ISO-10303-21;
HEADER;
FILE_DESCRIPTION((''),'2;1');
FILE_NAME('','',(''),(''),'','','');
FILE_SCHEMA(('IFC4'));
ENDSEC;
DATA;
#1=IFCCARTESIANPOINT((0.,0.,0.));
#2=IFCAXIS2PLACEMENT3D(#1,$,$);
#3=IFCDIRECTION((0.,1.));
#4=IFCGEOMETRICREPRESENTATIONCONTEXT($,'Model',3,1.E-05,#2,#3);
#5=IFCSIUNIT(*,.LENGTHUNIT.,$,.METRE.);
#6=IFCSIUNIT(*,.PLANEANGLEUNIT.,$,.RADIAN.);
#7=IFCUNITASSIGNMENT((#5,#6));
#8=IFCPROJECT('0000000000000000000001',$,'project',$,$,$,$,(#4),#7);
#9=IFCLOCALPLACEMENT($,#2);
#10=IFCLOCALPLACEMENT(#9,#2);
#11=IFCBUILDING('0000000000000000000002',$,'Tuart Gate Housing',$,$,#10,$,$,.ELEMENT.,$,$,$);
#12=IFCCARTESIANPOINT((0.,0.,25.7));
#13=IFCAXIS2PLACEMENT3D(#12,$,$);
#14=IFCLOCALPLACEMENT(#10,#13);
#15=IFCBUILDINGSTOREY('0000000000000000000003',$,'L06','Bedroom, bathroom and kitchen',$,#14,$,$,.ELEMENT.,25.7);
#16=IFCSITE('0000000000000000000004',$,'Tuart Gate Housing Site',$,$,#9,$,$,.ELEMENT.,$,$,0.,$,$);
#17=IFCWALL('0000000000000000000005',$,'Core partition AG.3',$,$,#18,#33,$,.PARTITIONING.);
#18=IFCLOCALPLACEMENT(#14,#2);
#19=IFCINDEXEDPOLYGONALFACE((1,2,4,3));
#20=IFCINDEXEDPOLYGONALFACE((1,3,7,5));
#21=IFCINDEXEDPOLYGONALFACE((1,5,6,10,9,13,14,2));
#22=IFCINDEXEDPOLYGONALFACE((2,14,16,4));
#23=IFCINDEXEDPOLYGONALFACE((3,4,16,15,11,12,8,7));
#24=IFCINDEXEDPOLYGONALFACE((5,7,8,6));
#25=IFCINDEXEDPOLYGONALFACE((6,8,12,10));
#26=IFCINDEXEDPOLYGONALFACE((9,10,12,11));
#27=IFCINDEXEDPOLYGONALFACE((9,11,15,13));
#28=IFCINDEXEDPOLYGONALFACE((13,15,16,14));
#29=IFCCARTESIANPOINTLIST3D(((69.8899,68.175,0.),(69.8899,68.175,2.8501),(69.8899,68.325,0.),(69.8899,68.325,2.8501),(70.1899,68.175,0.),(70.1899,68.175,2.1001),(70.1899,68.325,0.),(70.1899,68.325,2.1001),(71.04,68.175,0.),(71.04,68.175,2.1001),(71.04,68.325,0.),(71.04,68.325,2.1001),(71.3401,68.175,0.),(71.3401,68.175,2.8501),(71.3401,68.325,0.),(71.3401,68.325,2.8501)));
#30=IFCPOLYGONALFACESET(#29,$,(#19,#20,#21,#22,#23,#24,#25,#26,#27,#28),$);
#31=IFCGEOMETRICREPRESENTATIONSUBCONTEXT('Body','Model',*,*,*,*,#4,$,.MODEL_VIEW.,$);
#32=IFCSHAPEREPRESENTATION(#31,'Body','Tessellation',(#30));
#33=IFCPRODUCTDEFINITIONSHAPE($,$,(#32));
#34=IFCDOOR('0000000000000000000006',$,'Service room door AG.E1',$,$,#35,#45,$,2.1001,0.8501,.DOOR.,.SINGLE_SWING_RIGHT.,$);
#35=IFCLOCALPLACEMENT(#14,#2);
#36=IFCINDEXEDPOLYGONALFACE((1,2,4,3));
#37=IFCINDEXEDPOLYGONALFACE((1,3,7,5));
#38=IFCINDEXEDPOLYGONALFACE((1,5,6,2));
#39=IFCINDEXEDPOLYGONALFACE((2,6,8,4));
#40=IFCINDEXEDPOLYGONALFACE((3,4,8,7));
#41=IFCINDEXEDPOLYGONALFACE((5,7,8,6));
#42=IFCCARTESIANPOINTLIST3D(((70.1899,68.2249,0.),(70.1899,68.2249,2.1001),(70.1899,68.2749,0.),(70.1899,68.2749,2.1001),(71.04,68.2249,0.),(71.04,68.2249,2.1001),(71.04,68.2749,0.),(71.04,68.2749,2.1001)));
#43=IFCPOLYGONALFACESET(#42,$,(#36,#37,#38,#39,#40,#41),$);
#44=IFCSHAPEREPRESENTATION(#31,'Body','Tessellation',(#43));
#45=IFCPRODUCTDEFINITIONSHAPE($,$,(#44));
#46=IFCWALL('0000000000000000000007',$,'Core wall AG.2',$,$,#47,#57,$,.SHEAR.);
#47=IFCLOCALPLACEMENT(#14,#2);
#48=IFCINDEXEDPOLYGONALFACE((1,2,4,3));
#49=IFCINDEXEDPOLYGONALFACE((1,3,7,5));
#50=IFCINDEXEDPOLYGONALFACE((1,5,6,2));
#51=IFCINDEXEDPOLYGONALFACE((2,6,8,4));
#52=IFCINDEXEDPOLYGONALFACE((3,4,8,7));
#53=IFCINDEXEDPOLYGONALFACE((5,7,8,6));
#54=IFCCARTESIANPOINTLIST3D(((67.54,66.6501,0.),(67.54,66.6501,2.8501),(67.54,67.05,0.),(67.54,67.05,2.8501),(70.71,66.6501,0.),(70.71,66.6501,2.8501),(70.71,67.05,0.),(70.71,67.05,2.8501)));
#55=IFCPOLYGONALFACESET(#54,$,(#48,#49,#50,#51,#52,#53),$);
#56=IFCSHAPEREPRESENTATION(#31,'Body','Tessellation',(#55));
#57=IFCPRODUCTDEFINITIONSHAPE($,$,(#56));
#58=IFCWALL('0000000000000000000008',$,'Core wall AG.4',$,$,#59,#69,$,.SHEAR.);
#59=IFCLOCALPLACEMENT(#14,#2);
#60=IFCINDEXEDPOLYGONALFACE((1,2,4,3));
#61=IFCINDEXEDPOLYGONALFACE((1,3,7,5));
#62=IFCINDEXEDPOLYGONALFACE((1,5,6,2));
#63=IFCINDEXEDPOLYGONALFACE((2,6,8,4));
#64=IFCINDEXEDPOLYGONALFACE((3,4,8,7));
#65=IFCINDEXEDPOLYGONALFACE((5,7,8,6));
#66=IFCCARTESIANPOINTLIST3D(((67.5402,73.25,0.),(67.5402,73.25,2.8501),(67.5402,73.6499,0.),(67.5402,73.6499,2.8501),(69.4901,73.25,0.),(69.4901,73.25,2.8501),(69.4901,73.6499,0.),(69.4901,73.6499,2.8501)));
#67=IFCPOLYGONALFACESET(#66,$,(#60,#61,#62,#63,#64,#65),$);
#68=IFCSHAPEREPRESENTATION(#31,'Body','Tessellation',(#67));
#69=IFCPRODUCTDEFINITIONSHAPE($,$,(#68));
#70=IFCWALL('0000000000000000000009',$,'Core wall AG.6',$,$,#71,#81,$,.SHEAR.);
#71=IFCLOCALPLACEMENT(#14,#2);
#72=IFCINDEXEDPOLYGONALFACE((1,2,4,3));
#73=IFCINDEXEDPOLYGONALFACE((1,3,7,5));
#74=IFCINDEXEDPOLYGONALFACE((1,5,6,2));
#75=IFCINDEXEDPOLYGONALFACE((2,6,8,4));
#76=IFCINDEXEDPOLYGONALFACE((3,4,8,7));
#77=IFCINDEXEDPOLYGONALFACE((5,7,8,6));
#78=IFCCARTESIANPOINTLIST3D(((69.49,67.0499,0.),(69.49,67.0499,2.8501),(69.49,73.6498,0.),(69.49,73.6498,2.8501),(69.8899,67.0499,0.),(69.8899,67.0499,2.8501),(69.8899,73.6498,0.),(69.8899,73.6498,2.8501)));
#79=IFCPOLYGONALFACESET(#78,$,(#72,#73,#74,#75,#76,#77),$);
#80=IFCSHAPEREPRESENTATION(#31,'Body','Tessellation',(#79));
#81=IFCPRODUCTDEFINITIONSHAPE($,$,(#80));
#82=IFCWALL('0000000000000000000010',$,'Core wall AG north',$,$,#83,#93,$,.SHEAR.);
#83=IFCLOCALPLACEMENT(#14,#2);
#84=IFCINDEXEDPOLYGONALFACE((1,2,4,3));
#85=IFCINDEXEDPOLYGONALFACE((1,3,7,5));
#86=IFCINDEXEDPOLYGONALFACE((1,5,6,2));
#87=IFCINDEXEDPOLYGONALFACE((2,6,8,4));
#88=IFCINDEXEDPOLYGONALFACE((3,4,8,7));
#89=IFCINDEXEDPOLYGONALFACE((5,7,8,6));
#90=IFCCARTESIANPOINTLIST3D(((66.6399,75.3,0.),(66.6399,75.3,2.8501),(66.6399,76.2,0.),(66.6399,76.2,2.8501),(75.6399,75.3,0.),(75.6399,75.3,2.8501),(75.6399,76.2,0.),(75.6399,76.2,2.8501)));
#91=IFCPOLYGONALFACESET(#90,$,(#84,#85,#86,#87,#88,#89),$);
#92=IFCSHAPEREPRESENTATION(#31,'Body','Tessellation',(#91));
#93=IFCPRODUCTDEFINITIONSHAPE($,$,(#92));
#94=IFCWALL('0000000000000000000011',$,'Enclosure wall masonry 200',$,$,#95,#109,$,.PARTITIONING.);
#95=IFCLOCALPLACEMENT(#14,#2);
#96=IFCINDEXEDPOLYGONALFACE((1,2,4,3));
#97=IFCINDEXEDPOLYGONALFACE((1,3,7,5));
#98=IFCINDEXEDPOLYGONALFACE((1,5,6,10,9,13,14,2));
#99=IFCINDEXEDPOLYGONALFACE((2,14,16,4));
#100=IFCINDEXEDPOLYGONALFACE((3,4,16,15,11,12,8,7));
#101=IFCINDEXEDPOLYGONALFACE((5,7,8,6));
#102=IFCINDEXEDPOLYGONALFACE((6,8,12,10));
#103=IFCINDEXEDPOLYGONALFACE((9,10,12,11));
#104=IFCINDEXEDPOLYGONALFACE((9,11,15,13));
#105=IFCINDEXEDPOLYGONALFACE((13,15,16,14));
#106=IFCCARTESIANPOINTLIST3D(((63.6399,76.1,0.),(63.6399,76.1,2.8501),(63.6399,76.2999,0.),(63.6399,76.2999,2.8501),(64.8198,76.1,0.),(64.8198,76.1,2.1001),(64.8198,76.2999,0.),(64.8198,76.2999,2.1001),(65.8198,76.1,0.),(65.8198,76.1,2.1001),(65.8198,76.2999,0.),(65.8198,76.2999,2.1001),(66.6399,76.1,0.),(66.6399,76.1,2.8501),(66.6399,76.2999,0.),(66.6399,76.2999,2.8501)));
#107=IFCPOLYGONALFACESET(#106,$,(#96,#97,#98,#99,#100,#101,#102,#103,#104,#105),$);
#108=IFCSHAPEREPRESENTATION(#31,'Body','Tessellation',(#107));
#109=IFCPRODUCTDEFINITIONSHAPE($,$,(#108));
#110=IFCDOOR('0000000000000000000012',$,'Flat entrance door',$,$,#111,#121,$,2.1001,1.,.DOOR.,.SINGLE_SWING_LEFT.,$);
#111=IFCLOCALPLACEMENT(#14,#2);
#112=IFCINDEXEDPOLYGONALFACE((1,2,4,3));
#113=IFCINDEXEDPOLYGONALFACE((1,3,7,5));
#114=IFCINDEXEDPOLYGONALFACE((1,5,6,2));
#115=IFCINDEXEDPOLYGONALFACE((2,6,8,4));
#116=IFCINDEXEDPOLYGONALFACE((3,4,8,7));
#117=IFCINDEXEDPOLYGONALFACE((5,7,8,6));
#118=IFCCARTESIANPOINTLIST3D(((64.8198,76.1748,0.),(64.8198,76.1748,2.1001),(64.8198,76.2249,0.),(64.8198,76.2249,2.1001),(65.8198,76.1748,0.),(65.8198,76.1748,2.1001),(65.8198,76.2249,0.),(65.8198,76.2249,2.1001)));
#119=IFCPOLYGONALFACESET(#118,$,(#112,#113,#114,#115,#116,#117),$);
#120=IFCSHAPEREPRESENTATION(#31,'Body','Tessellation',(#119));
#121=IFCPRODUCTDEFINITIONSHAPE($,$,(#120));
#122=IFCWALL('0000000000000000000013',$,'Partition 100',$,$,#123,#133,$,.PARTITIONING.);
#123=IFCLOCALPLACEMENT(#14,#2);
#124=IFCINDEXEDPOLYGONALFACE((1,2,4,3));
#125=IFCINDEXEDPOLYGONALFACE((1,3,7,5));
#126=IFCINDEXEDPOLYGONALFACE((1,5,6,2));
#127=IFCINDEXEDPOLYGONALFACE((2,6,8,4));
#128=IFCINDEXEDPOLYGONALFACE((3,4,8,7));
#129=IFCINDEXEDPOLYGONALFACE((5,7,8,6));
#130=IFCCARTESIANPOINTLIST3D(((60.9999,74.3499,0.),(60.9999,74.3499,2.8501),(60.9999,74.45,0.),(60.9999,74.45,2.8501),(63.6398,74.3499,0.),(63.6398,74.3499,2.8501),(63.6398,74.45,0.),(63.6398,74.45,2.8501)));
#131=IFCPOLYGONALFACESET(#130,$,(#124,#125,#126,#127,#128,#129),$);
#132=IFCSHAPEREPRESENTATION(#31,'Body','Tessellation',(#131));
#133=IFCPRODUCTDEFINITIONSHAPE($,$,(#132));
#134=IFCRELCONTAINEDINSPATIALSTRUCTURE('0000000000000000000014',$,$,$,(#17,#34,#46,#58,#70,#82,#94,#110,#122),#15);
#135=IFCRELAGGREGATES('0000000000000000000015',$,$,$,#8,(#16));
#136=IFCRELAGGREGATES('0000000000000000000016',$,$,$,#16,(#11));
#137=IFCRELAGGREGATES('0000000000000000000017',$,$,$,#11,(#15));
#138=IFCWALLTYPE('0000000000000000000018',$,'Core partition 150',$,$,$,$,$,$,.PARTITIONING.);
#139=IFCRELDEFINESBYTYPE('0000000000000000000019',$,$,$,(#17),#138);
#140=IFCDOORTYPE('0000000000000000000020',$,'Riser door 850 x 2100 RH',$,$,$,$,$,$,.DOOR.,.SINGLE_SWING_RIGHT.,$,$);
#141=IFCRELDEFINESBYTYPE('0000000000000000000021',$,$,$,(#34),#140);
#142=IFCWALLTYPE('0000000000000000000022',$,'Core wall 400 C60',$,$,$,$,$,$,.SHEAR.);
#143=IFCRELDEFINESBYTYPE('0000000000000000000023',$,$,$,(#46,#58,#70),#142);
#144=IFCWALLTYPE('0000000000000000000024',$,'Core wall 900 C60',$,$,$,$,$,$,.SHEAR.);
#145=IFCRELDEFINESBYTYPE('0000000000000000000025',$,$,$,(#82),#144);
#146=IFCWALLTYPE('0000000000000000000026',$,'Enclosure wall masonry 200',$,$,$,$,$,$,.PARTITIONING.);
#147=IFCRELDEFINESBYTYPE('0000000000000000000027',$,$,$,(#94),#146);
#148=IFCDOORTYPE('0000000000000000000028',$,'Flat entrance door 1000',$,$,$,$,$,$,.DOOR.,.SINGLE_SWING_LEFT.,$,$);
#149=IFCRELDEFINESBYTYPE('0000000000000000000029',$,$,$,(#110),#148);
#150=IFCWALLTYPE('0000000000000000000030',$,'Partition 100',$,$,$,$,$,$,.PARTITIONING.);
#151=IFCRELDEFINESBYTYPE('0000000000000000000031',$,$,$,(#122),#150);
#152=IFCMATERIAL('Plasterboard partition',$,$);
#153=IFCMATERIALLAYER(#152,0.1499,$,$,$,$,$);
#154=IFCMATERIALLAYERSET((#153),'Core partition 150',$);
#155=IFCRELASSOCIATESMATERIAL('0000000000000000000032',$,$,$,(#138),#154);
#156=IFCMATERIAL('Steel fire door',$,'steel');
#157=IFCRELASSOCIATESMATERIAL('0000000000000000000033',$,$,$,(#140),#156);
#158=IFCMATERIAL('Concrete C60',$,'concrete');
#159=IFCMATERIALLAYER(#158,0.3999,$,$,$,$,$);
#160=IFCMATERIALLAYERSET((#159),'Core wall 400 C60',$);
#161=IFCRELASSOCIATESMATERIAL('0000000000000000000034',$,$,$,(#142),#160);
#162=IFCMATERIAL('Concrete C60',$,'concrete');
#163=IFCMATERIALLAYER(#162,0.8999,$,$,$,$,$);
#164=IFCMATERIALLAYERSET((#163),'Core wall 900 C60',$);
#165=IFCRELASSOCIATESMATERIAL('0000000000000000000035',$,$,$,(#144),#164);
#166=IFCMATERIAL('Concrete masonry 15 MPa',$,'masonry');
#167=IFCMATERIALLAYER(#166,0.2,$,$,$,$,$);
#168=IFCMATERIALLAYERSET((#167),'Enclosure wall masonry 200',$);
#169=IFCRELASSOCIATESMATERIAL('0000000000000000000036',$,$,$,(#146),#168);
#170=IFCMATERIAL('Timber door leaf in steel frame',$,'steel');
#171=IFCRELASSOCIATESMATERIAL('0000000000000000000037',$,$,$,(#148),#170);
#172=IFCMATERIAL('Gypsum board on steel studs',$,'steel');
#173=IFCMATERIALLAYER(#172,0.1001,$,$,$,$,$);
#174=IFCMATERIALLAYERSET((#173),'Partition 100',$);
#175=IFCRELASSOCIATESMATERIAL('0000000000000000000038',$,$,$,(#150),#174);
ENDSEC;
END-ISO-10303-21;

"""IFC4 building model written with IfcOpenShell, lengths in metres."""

from ifc_helpers import new_model, si_unit, direction, frame, frame_2d, origin, place, context, subcontext, project, spatial, rectangle, extrude, material, layer, layer_set, type_object, element, fill, save


model = new_model("IFC4")

# Units and contexts
model_context = context("Model", 3, precision=1e-05, world=origin(), true_north=direction((0.0, 1.0)))
body_context = subcontext(model_context, "Body", "Model", "MODEL_VIEW")
ifc_project = project(units=[si_unit("LENGTHUNIT", "METRE"), si_unit("PLANEANGLEUNIT", "RADIAN")], contexts=[model_context])

# Site, building, storey
site_placement = place(None, origin())
site = spatial("IfcSite", under=ifc_project, at=site_placement, Name="Tuart Gate Housing Site", CompositionType="ELEMENT", RefElevation=0.0)
building_placement = place(site_placement, origin())
building = spatial("IfcBuilding", under=site, at=building_placement, Name="Tuart Gate Housing", CompositionType="ELEMENT")
storey_placement = place(building_placement, frame((0.0, 0.0, 25.7)))
storey = spatial("IfcBuildingStorey", under=building, at=storey_placement, Name="L06", Description="Bedroom, bathroom and kitchen", CompositionType="ELEMENT", Elevation=25.7)

# Wall, opening, door
ifc_material_1 = material(Name="Plasterboard partition")
ifc_layer_1 = layer(ifc_material_1, 0.1499)
ifc_layer_set_1 = layer_set([ifc_layer_1], Name="Core partition 150")
wall_type_1 = type_object("IfcWallType", Name="Core partition 150", PredefinedType="PARTITIONING", material=ifc_layer_set_1)
wall_1_placement = place(storey_placement, frame((69.8899, 68.25, 0.0), z_axis=(0.0, 0.0, 1.0), x_axis=(1.0, 0.0, 0.0)))
wall_1 = element("IfcWall", 1, at=wall_1_placement, inside=storey, type_object=wall_type_1, Name="Core partition AG.3", PredefinedType="PARTITIONING", context=body_context, shape_type="SweptSolid", body=[
    extrude(rectangle(XDim=1.4502, YDim=0.1499, at=frame_2d((0.7251, 0.0))), origin(), (0.0, 0.0, 1.0), 2.8501),
])
opening_1_placement = place(wall_1_placement, frame((0.3, 0.0, 0.0)))
opening_1 = element("IfcOpeningElement", 2, at=opening_1_placement, cuts=wall_1, PredefinedType="OPENING", context=body_context, shape_type="SweptSolid", body=[
    extrude(rectangle(XDim=0.8501, YDim=2.1001, at=frame_2d((0.425, 1.05))), frame((0.0, 0.085, 0.0), z_axis=(0.0, -1.0, 0.0), x_axis=(1.0, 0.0, 0.0)), (0.0, 0.0, 1.0), 0.1699),
])
ifc_material_2 = material(Name="Steel fire door", Category="steel")
door_type_1 = type_object("IfcDoorType", Name="Riser door 850 x 2100 RH", OperationType="SINGLE_SWING_RIGHT", PredefinedType="DOOR", material=ifc_material_2)
door_1_placement = place(opening_1_placement, frame((0.8501, 0.0, 0.0), z_axis=(0.0, 0.0, 1.0), x_axis=(-1.0, 0.0, 0.0)))
door_1 = element("IfcDoor", 3, at=door_1_placement, inside=storey, type_object=door_type_1, Name="Service room door AG.E1", OperationType="SINGLE_SWING_RIGHT", OverallHeight=2.1001, OverallWidth=0.8501, PredefinedType="DOOR", context=body_context, shape_type="SweptSolid", body=[
    extrude(rectangle(XDim=0.8501, YDim=2.1001, at=frame_2d((0.425, 1.05))), frame((0.0, 0.0251, 0.0), z_axis=(0.0, -1.0, 0.0), x_axis=(1.0, 0.0, 0.0)), (0.0, 0.0, 1.0), 0.05),
])
fill(opening_1, door_1)

# Walls
ifc_material_3 = material(Name="Concrete C60", Category="concrete")
ifc_layer_2 = layer(ifc_material_3, 0.3999)
ifc_layer_set_2 = layer_set([ifc_layer_2], Name="Core wall 400 C60")
wall_type_2 = type_object("IfcWallType", Name="Core wall 400 C60", PredefinedType="SHEAR", material=ifc_layer_set_2)
wall_2_placement = place(storey_placement, frame((67.54, 66.8501, 0.0), z_axis=(0.0, 0.0, 1.0), x_axis=(1.0, 0.0, 0.0)))
element("IfcWall", 4, at=wall_2_placement, inside=storey, type_object=wall_type_2, Name="Core wall AG.2", PredefinedType="SHEAR", context=body_context, shape_type="SweptSolid", body=[
    extrude(rectangle(XDim=3.1699, YDim=0.3999, at=frame_2d((1.585, 0.0))), origin(), (0.0, 0.0, 1.0), 2.8501),
])
wall_3_placement = place(storey_placement, frame((67.54, 73.45, 0.0), z_axis=(0.0, 0.0, 1.0), x_axis=(1.0, 0.0, 0.0)))
element("IfcWall", 5, at=wall_3_placement, inside=storey, type_object=wall_type_2, Name="Core wall AG.4", PredefinedType="SHEAR", context=body_context, shape_type="SweptSolid", body=[
    extrude(rectangle(XDim=1.95, YDim=0.3999, at=frame_2d((0.9751, 0.0))), origin(), (0.0, 0.0, 1.0), 2.8501),
])
wall_4_placement = place(storey_placement, frame((69.6899, 67.05, 0.0), z_axis=(0.0, 0.0, 1.0), x_axis=(0.0, 1.0, 0.0)))
element("IfcWall", 6, at=wall_4_placement, inside=storey, type_object=wall_type_2, Name="Core wall AG.6", PredefinedType="SHEAR", context=body_context, shape_type="SweptSolid", body=[
    extrude(rectangle(XDim=6.5999, YDim=0.3999, at=frame_2d((3.2998, 0.0))), origin(), (0.0, 0.0, 1.0), 2.8501),
])
ifc_material_4 = material(Name="Concrete C60", Category="concrete")
ifc_layer_3 = layer(ifc_material_4, 0.8999)
ifc_layer_set_3 = layer_set([ifc_layer_3], Name="Core wall 900 C60")
wall_type_3 = type_object("IfcWallType", Name="Core wall 900 C60", PredefinedType="SHEAR", material=ifc_layer_set_3)
wall_5_placement = place(storey_placement, frame((66.6399, 75.75, 0.0), z_axis=(0.0, 0.0, 1.0), x_axis=(1.0, 0.0, 0.0)))
element("IfcWall", 7, at=wall_5_placement, inside=storey, type_object=wall_type_3, Name="Core wall AG north", PredefinedType="SHEAR", context=body_context, shape_type="SweptSolid", body=[
    extrude(rectangle(XDim=9.0, YDim=0.8999, at=frame_2d((4.5, 0.0))), origin(), (0.0, 0.0, 1.0), 2.8501),
])

# Wall, opening, door
ifc_material_5 = material(Name="Concrete masonry 15 MPa", Category="masonry")
ifc_layer_4 = layer(ifc_material_5, 0.2)
ifc_layer_set_4 = layer_set([ifc_layer_4], Name="Enclosure wall masonry 200")
wall_type_4 = type_object("IfcWallType", Name="Enclosure wall masonry 200", PredefinedType="PARTITIONING", material=ifc_layer_set_4)
wall_6_placement = place(storey_placement, frame((63.6399, 76.2, 0.0), z_axis=(0.0, 0.0, 1.0), x_axis=(1.0, 0.0, 0.0)))
wall_6 = element("IfcWall", 8, at=wall_6_placement, inside=storey, type_object=wall_type_4, Name="Enclosure wall masonry 200", PredefinedType="PARTITIONING", context=body_context, shape_type="SweptSolid", body=[
    extrude(rectangle(XDim=3.0, YDim=0.2, at=frame_2d((1.5, 0.0))), origin(), (0.0, 0.0, 1.0), 2.8501),
])
opening_2_placement = place(wall_6_placement, frame((1.1799, 0.0, 0.0)))
opening_2 = element("IfcOpeningElement", 9, at=opening_2_placement, cuts=wall_6, PredefinedType="OPENING", context=body_context, shape_type="SweptSolid", body=[
    extrude(rectangle(XDim=1.0, YDim=2.1001, at=frame_2d((0.5, 1.05))), frame((0.0, 0.1099, 0.0), z_axis=(0.0, -1.0, 0.0), x_axis=(1.0, 0.0, 0.0)), (0.0, 0.0, 1.0), 0.22),
])
ifc_material_6 = material(Name="Timber door leaf in steel frame", Category="steel")
door_type_2 = type_object("IfcDoorType", Name="Flat entrance door 1000", OperationType="SINGLE_SWING_LEFT", PredefinedType="DOOR", material=ifc_material_6)
door_2_placement = place(opening_2_placement, origin())
door_2 = element("IfcDoor", 10, at=door_2_placement, inside=storey, type_object=door_type_2, Name="Flat entrance door", OperationType="SINGLE_SWING_LEFT", OverallHeight=2.1001, OverallWidth=1.0, PredefinedType="DOOR", context=body_context, shape_type="SweptSolid", body=[
    extrude(rectangle(XDim=1.0, YDim=2.1001, at=frame_2d((0.5, 1.05))), frame((0.0, 0.0249, 0.0), z_axis=(0.0, -1.0, 0.0), x_axis=(1.0, 0.0, 0.0)), (0.0, 0.0, 1.0), 0.05),
])
fill(opening_2, door_2)

# Wall
ifc_material_7 = material(Name="Gypsum board on steel studs", Category="steel")
ifc_layer_5 = layer(ifc_material_7, 0.1001)
ifc_layer_set_5 = layer_set([ifc_layer_5], Name="Partition 100")
wall_type_5 = type_object("IfcWallType", Name="Partition 100", PredefinedType="PARTITIONING", material=ifc_layer_set_5)
wall_7_placement = place(storey_placement, frame((61.0, 74.3999, 0.0), z_axis=(0.0, 0.0, 1.0), x_axis=(1.0, 0.0, 0.0)))
element("IfcWall", 11, at=wall_7_placement, inside=storey, type_object=wall_type_5, Name="Partition 100", PredefinedType="PARTITIONING", context=body_context, shape_type="SweptSolid", body=[
    extrude(rectangle(XDim=2.6399, YDim=0.1001, at=frame_2d((1.3198, 0.0))), origin(), (0.0, 0.0, 1.0), 2.8501),
])

save(model, "model.ifc")
